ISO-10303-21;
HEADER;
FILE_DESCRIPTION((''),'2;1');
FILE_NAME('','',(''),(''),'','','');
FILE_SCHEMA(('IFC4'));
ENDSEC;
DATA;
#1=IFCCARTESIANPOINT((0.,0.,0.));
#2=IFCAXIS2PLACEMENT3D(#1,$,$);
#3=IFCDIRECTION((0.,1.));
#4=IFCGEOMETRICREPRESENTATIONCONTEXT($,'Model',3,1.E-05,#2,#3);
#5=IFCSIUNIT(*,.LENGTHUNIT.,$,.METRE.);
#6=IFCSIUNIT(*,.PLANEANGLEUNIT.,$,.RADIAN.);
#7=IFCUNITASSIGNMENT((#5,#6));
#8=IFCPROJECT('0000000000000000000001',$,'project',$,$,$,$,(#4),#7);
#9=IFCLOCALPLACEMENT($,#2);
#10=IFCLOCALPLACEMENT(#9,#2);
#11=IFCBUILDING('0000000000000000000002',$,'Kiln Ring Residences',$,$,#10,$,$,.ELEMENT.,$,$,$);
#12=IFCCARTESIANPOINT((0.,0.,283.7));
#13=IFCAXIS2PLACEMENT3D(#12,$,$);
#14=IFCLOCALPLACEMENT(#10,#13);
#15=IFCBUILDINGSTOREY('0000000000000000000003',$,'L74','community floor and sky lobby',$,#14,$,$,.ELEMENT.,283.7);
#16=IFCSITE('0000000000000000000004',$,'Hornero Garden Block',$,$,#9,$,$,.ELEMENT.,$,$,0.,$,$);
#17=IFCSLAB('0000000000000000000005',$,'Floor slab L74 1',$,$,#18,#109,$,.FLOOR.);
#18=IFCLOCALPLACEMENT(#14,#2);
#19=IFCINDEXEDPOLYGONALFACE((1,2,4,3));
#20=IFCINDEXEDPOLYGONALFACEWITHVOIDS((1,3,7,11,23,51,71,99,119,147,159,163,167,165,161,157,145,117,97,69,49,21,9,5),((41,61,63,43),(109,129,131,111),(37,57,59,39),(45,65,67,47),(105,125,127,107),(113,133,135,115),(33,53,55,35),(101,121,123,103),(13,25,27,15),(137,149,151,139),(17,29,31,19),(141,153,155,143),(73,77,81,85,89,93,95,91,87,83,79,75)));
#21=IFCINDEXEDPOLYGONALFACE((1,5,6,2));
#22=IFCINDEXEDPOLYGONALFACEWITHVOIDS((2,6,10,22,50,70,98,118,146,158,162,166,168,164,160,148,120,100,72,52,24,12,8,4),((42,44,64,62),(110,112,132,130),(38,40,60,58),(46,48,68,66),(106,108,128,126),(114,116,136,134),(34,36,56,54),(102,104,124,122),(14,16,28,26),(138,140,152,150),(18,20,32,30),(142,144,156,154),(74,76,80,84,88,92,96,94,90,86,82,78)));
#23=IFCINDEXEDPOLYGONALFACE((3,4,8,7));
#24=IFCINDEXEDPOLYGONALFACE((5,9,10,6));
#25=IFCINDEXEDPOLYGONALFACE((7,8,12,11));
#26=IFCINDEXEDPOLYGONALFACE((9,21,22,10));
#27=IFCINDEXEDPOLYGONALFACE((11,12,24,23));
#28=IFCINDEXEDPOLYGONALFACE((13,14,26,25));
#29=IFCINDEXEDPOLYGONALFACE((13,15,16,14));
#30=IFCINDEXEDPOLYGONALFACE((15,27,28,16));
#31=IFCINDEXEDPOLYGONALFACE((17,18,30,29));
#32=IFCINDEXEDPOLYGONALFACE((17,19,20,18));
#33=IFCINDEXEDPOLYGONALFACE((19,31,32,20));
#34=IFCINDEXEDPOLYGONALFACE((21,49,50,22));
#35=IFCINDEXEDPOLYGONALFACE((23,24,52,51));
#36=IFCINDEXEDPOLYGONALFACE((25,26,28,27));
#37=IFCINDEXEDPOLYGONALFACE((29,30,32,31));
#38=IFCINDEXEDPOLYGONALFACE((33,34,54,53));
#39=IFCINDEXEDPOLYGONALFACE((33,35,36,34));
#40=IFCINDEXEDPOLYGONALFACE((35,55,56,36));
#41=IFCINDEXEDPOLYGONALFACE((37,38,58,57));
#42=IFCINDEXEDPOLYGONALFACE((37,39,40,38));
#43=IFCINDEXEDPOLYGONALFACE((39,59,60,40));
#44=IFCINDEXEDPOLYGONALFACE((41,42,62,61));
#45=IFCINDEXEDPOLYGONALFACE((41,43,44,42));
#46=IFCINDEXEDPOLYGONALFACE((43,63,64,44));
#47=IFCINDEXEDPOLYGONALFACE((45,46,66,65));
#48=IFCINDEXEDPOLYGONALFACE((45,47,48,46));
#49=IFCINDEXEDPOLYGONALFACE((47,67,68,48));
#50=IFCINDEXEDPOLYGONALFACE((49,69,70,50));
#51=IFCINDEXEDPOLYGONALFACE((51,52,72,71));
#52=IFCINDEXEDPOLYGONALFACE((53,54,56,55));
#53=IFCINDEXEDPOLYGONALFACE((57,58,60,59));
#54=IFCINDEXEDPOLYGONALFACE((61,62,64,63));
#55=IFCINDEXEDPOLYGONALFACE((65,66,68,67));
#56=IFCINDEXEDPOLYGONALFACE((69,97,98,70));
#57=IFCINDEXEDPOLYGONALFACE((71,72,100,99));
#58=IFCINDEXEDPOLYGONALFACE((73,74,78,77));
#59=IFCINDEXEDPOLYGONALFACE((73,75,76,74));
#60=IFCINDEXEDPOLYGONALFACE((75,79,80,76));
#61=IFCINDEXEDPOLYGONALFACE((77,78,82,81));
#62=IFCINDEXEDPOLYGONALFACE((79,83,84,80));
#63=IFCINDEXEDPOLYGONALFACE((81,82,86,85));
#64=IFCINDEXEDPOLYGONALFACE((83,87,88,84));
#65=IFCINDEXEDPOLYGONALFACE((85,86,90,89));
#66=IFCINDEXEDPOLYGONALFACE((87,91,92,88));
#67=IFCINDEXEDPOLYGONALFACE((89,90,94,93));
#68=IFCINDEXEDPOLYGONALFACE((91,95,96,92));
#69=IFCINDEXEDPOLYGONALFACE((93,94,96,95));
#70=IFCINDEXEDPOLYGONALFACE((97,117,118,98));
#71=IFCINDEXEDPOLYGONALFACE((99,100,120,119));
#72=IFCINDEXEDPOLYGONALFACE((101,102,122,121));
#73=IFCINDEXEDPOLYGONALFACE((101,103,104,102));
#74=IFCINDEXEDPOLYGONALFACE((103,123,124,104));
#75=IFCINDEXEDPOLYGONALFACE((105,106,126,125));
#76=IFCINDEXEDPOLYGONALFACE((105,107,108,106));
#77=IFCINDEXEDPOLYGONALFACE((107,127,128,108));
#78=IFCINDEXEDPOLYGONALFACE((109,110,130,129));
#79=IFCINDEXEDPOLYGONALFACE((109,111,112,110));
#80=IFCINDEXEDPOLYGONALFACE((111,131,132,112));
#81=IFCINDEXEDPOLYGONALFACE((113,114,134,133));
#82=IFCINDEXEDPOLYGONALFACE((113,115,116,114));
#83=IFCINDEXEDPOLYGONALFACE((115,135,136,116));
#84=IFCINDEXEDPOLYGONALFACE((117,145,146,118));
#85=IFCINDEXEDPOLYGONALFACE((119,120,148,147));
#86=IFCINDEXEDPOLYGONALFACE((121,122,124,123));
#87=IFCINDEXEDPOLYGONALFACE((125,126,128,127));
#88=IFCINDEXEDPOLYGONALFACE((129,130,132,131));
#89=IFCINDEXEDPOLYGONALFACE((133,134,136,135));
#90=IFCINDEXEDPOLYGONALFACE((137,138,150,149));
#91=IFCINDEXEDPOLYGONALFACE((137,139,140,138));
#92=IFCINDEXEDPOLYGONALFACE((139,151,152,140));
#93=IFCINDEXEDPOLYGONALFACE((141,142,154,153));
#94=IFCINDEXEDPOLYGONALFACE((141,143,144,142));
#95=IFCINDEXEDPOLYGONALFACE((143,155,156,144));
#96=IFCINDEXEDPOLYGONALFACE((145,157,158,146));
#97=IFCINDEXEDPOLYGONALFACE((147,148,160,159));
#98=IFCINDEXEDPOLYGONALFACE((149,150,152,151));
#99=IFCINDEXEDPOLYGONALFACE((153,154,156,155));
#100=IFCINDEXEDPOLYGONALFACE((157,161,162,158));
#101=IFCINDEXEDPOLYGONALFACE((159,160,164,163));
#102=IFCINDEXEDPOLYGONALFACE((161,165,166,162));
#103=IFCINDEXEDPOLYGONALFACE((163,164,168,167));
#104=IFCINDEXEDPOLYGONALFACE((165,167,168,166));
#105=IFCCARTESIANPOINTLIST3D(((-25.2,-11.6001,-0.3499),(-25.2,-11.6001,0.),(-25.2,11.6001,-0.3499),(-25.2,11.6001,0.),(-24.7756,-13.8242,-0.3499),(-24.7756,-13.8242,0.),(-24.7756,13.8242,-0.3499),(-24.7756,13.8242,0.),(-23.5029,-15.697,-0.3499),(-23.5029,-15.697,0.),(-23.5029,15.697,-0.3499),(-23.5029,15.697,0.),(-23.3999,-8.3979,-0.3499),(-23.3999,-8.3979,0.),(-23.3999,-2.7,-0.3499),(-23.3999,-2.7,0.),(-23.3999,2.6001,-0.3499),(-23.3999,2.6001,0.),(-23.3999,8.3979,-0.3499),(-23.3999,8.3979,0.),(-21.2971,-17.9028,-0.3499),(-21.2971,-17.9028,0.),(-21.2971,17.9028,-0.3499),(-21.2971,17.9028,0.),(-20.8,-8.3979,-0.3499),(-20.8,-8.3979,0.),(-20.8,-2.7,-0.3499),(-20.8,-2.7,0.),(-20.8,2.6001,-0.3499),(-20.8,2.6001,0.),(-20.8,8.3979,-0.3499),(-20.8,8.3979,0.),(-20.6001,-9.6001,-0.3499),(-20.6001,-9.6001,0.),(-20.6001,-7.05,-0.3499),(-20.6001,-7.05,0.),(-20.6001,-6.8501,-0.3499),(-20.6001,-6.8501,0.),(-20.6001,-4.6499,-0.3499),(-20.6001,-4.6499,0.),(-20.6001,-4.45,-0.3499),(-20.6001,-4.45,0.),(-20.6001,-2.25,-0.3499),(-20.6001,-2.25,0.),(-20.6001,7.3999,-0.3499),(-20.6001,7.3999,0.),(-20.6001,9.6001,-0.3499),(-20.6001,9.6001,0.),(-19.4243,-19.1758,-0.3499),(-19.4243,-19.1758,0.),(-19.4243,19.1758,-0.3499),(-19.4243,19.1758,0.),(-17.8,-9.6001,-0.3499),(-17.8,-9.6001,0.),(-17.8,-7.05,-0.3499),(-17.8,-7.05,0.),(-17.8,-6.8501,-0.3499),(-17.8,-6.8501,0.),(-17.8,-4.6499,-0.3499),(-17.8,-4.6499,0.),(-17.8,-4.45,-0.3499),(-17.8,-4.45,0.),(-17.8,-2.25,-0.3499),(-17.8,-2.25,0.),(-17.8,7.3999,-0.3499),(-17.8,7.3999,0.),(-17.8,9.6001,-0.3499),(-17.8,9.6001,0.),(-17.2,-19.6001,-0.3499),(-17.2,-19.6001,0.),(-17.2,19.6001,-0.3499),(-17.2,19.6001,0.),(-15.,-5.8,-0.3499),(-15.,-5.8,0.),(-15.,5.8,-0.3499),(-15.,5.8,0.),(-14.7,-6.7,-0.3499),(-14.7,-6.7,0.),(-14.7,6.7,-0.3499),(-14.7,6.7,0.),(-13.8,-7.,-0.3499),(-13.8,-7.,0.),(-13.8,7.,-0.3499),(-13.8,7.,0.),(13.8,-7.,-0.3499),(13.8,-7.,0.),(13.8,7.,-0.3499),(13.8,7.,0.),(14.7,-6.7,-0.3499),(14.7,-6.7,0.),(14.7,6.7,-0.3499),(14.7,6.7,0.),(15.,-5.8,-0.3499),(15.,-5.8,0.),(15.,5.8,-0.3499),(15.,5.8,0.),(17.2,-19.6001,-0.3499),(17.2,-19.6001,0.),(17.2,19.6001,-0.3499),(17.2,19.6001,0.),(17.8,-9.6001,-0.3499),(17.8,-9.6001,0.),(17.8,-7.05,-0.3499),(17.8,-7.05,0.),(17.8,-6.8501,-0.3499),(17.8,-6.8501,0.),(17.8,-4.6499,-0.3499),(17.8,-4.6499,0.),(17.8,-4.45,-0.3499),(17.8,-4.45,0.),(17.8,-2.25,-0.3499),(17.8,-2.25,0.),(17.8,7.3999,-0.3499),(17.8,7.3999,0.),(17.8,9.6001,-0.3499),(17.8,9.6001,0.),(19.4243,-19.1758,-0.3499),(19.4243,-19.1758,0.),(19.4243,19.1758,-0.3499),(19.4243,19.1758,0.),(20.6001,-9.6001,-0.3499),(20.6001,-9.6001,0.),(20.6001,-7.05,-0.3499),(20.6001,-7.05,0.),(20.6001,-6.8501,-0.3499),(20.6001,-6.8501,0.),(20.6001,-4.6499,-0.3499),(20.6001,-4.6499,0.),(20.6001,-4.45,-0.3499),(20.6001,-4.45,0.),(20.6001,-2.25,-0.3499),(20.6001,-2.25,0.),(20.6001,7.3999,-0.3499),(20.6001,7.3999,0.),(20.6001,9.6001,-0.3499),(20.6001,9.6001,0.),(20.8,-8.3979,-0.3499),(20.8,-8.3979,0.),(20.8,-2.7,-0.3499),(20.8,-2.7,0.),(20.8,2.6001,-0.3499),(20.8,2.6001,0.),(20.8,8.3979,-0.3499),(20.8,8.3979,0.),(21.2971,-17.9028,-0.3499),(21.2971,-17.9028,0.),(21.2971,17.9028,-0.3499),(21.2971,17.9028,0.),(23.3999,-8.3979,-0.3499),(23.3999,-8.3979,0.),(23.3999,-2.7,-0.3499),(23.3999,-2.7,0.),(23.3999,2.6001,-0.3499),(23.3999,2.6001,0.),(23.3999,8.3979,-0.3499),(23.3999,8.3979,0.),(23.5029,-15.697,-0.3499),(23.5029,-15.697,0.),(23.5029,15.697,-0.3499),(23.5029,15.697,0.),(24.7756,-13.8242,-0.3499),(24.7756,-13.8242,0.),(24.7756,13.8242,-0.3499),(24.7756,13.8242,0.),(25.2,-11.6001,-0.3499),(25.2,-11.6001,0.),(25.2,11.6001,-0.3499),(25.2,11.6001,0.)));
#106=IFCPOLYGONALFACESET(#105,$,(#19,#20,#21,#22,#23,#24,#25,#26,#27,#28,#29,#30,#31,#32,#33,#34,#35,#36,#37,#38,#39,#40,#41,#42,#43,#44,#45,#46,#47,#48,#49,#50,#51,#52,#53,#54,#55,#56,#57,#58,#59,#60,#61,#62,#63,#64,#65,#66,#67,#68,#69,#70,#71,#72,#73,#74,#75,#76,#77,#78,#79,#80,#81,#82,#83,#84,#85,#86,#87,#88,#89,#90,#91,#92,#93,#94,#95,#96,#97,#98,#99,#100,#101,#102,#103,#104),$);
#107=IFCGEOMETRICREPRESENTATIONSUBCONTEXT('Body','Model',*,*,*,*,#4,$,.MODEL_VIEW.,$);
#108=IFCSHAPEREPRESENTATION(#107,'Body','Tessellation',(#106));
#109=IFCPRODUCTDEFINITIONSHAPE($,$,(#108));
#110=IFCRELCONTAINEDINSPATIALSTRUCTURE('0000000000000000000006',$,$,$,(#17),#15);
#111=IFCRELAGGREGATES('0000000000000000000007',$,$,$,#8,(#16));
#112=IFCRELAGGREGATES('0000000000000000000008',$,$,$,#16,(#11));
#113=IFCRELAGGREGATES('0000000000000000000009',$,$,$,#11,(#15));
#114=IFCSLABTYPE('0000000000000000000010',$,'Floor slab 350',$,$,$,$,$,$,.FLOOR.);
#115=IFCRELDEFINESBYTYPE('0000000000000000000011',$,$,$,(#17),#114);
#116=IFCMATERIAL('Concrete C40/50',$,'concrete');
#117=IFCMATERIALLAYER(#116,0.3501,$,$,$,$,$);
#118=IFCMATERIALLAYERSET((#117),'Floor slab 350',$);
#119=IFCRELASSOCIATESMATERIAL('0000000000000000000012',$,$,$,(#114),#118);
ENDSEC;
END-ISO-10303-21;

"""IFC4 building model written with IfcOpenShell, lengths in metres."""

from ifc_helpers import new_model, si_unit, direction, frame, origin, place, context, subcontext, project, spatial, polyline, outline, extrude, material, layer, layer_set, type_object, element, save


model = new_model("IFC4")

# Units and contexts
model_context = context("Model", 3, precision=1e-05, world=origin(), true_north=direction((0.0, 1.0)))
body_context = subcontext(model_context, "Body", "Model", "MODEL_VIEW")
ifc_project = project(units=[si_unit("LENGTHUNIT", "METRE"), si_unit("PLANEANGLEUNIT", "RADIAN")], contexts=[model_context])

# Site, building, storey
site_placement = place(None, origin())
site = spatial("IfcSite", under=ifc_project, at=site_placement, Name="Hornero Garden Block", CompositionType="ELEMENT", RefElevation=0.0)
building_placement = place(site_placement, origin())
building = spatial("IfcBuilding", under=site, at=building_placement, Name="Kiln Ring Residences", CompositionType="ELEMENT")
storey_placement = place(building_placement, frame((0.0, 0.0, 283.7)))
storey = spatial("IfcBuildingStorey", under=building, at=storey_placement, Name="L74", Description="community floor and sky lobby", CompositionType="ELEMENT", Elevation=283.7)

# Slab
ifc_material_1 = material(Name="Concrete C40/50", Category="concrete")
ifc_layer_1 = layer(ifc_material_1, 0.3501)
ifc_layer_set_1 = layer_set([ifc_layer_1], Name="Floor slab 350")
slab_type = type_object("IfcSlabType", Name="Floor slab 350", PredefinedType="FLOOR", material=ifc_layer_set_1)
slab_placement = place(storey_placement, frame((0.0, 0.0, -0.3499)))
element("IfcSlab", 1, at=slab_placement, inside=storey, type_object=slab_type, Name="Floor slab L74 1", PredefinedType="FLOOR", context=body_context, shape_type="SweptSolid", body=[
    extrude(outline(polyline([(-23.5029, -15.697), (-21.2971, -17.9028), (-19.4243, -19.1758), (-17.2, -19.6001), (17.2, -19.6001), (19.4243, -19.1758), (21.2971, -17.9028), (23.5029, -15.697), (24.7756, -13.8242), (25.2, -11.6001), (25.2, 11.6001), (24.7756, 13.8242), (23.5029, 15.697), (21.2971, 17.9028), (19.4243, 19.1758), (17.2, 19.6001), (-17.2, 19.6001), (-19.4243, 19.1758), (-21.2971, 17.9028), (-23.5029, 15.697), (-24.7756, 13.8242), (-25.2, 11.6001), (-25.2, -11.6001), (-24.7756, -13.8242), (-23.5029, -15.697)]), holes=[polyline([(-14.7, -6.7), (-15.0, -5.8), (-15.0, 5.8), (-14.7, 6.7), (-13.8, 7.0), (13.8, 7.0), (14.7, 6.7), (15.0, 5.8), (15.0, -5.8), (14.7, -6.7), (13.8, -7.0), (-13.8, -7.0), (-14.7, -6.7)]), polyline([(20.8, -8.3979), (20.8, -2.7), (23.3999, -2.7), (23.3999, -8.3979), (20.8, -8.3979)]), polyline([(20.8, 2.6001), (20.8, 8.3979), (23.3999, 8.3979), (23.3999, 2.6001), (20.8, 2.6001)]), polyline([(17.8, -6.8501), (17.8, -4.6499), (20.6001, -4.6499), (20.6001, -6.8501), (17.8, -6.8501)]), polyline([(17.8, 7.3999), (17.8, 9.6001), (20.6001, 9.6001), (20.6001, 7.3999), (17.8, 7.3999)]), polyline([(20.6001, -9.6001), (17.8, -9.6001), (17.8, -7.05), (20.6001, -7.05), (20.6001, -9.6001)]), polyline([(20.6001, -4.45), (17.8, -4.45), (17.8, -2.25), (20.6001, -2.25), (20.6001, -4.45)]), polyline([(-17.8, -7.05), (-17.8, -9.6001), (-20.6001, -9.6001), (-20.6001, -7.05), (-17.8, -7.05)]), polyline([(-17.8, -6.8501), (-20.6001, -6.8501), (-20.6001, -4.6499), (-17.8, -4.6499), (-17.8, -6.8501)]), polyline([(-17.8, -2.25), (-17.8, -4.45), (-20.6001, -4.45), (-20.6001, -2.25), (-17.8, -2.25)]), polyline([(-17.8, 7.3999), (-20.6001, 7.3999), (-20.6001, 9.6001), (-17.8, 9.6001), (-17.8, 7.3999)]), polyline([(-20.8, -8.3979), (-23.3999, -8.3979), (-23.3999, -2.7), (-20.8, -2.7), (-20.8, -8.3979)]), polyline([(-20.8, 2.6001), (-23.3999, 2.6001), (-23.3999, 8.3979), (-20.8, 8.3979), (-20.8, 2.6001)])]), origin(), (0.0, 0.0, 1.0), 0.3499),
])

save(model, "model.ifc")
